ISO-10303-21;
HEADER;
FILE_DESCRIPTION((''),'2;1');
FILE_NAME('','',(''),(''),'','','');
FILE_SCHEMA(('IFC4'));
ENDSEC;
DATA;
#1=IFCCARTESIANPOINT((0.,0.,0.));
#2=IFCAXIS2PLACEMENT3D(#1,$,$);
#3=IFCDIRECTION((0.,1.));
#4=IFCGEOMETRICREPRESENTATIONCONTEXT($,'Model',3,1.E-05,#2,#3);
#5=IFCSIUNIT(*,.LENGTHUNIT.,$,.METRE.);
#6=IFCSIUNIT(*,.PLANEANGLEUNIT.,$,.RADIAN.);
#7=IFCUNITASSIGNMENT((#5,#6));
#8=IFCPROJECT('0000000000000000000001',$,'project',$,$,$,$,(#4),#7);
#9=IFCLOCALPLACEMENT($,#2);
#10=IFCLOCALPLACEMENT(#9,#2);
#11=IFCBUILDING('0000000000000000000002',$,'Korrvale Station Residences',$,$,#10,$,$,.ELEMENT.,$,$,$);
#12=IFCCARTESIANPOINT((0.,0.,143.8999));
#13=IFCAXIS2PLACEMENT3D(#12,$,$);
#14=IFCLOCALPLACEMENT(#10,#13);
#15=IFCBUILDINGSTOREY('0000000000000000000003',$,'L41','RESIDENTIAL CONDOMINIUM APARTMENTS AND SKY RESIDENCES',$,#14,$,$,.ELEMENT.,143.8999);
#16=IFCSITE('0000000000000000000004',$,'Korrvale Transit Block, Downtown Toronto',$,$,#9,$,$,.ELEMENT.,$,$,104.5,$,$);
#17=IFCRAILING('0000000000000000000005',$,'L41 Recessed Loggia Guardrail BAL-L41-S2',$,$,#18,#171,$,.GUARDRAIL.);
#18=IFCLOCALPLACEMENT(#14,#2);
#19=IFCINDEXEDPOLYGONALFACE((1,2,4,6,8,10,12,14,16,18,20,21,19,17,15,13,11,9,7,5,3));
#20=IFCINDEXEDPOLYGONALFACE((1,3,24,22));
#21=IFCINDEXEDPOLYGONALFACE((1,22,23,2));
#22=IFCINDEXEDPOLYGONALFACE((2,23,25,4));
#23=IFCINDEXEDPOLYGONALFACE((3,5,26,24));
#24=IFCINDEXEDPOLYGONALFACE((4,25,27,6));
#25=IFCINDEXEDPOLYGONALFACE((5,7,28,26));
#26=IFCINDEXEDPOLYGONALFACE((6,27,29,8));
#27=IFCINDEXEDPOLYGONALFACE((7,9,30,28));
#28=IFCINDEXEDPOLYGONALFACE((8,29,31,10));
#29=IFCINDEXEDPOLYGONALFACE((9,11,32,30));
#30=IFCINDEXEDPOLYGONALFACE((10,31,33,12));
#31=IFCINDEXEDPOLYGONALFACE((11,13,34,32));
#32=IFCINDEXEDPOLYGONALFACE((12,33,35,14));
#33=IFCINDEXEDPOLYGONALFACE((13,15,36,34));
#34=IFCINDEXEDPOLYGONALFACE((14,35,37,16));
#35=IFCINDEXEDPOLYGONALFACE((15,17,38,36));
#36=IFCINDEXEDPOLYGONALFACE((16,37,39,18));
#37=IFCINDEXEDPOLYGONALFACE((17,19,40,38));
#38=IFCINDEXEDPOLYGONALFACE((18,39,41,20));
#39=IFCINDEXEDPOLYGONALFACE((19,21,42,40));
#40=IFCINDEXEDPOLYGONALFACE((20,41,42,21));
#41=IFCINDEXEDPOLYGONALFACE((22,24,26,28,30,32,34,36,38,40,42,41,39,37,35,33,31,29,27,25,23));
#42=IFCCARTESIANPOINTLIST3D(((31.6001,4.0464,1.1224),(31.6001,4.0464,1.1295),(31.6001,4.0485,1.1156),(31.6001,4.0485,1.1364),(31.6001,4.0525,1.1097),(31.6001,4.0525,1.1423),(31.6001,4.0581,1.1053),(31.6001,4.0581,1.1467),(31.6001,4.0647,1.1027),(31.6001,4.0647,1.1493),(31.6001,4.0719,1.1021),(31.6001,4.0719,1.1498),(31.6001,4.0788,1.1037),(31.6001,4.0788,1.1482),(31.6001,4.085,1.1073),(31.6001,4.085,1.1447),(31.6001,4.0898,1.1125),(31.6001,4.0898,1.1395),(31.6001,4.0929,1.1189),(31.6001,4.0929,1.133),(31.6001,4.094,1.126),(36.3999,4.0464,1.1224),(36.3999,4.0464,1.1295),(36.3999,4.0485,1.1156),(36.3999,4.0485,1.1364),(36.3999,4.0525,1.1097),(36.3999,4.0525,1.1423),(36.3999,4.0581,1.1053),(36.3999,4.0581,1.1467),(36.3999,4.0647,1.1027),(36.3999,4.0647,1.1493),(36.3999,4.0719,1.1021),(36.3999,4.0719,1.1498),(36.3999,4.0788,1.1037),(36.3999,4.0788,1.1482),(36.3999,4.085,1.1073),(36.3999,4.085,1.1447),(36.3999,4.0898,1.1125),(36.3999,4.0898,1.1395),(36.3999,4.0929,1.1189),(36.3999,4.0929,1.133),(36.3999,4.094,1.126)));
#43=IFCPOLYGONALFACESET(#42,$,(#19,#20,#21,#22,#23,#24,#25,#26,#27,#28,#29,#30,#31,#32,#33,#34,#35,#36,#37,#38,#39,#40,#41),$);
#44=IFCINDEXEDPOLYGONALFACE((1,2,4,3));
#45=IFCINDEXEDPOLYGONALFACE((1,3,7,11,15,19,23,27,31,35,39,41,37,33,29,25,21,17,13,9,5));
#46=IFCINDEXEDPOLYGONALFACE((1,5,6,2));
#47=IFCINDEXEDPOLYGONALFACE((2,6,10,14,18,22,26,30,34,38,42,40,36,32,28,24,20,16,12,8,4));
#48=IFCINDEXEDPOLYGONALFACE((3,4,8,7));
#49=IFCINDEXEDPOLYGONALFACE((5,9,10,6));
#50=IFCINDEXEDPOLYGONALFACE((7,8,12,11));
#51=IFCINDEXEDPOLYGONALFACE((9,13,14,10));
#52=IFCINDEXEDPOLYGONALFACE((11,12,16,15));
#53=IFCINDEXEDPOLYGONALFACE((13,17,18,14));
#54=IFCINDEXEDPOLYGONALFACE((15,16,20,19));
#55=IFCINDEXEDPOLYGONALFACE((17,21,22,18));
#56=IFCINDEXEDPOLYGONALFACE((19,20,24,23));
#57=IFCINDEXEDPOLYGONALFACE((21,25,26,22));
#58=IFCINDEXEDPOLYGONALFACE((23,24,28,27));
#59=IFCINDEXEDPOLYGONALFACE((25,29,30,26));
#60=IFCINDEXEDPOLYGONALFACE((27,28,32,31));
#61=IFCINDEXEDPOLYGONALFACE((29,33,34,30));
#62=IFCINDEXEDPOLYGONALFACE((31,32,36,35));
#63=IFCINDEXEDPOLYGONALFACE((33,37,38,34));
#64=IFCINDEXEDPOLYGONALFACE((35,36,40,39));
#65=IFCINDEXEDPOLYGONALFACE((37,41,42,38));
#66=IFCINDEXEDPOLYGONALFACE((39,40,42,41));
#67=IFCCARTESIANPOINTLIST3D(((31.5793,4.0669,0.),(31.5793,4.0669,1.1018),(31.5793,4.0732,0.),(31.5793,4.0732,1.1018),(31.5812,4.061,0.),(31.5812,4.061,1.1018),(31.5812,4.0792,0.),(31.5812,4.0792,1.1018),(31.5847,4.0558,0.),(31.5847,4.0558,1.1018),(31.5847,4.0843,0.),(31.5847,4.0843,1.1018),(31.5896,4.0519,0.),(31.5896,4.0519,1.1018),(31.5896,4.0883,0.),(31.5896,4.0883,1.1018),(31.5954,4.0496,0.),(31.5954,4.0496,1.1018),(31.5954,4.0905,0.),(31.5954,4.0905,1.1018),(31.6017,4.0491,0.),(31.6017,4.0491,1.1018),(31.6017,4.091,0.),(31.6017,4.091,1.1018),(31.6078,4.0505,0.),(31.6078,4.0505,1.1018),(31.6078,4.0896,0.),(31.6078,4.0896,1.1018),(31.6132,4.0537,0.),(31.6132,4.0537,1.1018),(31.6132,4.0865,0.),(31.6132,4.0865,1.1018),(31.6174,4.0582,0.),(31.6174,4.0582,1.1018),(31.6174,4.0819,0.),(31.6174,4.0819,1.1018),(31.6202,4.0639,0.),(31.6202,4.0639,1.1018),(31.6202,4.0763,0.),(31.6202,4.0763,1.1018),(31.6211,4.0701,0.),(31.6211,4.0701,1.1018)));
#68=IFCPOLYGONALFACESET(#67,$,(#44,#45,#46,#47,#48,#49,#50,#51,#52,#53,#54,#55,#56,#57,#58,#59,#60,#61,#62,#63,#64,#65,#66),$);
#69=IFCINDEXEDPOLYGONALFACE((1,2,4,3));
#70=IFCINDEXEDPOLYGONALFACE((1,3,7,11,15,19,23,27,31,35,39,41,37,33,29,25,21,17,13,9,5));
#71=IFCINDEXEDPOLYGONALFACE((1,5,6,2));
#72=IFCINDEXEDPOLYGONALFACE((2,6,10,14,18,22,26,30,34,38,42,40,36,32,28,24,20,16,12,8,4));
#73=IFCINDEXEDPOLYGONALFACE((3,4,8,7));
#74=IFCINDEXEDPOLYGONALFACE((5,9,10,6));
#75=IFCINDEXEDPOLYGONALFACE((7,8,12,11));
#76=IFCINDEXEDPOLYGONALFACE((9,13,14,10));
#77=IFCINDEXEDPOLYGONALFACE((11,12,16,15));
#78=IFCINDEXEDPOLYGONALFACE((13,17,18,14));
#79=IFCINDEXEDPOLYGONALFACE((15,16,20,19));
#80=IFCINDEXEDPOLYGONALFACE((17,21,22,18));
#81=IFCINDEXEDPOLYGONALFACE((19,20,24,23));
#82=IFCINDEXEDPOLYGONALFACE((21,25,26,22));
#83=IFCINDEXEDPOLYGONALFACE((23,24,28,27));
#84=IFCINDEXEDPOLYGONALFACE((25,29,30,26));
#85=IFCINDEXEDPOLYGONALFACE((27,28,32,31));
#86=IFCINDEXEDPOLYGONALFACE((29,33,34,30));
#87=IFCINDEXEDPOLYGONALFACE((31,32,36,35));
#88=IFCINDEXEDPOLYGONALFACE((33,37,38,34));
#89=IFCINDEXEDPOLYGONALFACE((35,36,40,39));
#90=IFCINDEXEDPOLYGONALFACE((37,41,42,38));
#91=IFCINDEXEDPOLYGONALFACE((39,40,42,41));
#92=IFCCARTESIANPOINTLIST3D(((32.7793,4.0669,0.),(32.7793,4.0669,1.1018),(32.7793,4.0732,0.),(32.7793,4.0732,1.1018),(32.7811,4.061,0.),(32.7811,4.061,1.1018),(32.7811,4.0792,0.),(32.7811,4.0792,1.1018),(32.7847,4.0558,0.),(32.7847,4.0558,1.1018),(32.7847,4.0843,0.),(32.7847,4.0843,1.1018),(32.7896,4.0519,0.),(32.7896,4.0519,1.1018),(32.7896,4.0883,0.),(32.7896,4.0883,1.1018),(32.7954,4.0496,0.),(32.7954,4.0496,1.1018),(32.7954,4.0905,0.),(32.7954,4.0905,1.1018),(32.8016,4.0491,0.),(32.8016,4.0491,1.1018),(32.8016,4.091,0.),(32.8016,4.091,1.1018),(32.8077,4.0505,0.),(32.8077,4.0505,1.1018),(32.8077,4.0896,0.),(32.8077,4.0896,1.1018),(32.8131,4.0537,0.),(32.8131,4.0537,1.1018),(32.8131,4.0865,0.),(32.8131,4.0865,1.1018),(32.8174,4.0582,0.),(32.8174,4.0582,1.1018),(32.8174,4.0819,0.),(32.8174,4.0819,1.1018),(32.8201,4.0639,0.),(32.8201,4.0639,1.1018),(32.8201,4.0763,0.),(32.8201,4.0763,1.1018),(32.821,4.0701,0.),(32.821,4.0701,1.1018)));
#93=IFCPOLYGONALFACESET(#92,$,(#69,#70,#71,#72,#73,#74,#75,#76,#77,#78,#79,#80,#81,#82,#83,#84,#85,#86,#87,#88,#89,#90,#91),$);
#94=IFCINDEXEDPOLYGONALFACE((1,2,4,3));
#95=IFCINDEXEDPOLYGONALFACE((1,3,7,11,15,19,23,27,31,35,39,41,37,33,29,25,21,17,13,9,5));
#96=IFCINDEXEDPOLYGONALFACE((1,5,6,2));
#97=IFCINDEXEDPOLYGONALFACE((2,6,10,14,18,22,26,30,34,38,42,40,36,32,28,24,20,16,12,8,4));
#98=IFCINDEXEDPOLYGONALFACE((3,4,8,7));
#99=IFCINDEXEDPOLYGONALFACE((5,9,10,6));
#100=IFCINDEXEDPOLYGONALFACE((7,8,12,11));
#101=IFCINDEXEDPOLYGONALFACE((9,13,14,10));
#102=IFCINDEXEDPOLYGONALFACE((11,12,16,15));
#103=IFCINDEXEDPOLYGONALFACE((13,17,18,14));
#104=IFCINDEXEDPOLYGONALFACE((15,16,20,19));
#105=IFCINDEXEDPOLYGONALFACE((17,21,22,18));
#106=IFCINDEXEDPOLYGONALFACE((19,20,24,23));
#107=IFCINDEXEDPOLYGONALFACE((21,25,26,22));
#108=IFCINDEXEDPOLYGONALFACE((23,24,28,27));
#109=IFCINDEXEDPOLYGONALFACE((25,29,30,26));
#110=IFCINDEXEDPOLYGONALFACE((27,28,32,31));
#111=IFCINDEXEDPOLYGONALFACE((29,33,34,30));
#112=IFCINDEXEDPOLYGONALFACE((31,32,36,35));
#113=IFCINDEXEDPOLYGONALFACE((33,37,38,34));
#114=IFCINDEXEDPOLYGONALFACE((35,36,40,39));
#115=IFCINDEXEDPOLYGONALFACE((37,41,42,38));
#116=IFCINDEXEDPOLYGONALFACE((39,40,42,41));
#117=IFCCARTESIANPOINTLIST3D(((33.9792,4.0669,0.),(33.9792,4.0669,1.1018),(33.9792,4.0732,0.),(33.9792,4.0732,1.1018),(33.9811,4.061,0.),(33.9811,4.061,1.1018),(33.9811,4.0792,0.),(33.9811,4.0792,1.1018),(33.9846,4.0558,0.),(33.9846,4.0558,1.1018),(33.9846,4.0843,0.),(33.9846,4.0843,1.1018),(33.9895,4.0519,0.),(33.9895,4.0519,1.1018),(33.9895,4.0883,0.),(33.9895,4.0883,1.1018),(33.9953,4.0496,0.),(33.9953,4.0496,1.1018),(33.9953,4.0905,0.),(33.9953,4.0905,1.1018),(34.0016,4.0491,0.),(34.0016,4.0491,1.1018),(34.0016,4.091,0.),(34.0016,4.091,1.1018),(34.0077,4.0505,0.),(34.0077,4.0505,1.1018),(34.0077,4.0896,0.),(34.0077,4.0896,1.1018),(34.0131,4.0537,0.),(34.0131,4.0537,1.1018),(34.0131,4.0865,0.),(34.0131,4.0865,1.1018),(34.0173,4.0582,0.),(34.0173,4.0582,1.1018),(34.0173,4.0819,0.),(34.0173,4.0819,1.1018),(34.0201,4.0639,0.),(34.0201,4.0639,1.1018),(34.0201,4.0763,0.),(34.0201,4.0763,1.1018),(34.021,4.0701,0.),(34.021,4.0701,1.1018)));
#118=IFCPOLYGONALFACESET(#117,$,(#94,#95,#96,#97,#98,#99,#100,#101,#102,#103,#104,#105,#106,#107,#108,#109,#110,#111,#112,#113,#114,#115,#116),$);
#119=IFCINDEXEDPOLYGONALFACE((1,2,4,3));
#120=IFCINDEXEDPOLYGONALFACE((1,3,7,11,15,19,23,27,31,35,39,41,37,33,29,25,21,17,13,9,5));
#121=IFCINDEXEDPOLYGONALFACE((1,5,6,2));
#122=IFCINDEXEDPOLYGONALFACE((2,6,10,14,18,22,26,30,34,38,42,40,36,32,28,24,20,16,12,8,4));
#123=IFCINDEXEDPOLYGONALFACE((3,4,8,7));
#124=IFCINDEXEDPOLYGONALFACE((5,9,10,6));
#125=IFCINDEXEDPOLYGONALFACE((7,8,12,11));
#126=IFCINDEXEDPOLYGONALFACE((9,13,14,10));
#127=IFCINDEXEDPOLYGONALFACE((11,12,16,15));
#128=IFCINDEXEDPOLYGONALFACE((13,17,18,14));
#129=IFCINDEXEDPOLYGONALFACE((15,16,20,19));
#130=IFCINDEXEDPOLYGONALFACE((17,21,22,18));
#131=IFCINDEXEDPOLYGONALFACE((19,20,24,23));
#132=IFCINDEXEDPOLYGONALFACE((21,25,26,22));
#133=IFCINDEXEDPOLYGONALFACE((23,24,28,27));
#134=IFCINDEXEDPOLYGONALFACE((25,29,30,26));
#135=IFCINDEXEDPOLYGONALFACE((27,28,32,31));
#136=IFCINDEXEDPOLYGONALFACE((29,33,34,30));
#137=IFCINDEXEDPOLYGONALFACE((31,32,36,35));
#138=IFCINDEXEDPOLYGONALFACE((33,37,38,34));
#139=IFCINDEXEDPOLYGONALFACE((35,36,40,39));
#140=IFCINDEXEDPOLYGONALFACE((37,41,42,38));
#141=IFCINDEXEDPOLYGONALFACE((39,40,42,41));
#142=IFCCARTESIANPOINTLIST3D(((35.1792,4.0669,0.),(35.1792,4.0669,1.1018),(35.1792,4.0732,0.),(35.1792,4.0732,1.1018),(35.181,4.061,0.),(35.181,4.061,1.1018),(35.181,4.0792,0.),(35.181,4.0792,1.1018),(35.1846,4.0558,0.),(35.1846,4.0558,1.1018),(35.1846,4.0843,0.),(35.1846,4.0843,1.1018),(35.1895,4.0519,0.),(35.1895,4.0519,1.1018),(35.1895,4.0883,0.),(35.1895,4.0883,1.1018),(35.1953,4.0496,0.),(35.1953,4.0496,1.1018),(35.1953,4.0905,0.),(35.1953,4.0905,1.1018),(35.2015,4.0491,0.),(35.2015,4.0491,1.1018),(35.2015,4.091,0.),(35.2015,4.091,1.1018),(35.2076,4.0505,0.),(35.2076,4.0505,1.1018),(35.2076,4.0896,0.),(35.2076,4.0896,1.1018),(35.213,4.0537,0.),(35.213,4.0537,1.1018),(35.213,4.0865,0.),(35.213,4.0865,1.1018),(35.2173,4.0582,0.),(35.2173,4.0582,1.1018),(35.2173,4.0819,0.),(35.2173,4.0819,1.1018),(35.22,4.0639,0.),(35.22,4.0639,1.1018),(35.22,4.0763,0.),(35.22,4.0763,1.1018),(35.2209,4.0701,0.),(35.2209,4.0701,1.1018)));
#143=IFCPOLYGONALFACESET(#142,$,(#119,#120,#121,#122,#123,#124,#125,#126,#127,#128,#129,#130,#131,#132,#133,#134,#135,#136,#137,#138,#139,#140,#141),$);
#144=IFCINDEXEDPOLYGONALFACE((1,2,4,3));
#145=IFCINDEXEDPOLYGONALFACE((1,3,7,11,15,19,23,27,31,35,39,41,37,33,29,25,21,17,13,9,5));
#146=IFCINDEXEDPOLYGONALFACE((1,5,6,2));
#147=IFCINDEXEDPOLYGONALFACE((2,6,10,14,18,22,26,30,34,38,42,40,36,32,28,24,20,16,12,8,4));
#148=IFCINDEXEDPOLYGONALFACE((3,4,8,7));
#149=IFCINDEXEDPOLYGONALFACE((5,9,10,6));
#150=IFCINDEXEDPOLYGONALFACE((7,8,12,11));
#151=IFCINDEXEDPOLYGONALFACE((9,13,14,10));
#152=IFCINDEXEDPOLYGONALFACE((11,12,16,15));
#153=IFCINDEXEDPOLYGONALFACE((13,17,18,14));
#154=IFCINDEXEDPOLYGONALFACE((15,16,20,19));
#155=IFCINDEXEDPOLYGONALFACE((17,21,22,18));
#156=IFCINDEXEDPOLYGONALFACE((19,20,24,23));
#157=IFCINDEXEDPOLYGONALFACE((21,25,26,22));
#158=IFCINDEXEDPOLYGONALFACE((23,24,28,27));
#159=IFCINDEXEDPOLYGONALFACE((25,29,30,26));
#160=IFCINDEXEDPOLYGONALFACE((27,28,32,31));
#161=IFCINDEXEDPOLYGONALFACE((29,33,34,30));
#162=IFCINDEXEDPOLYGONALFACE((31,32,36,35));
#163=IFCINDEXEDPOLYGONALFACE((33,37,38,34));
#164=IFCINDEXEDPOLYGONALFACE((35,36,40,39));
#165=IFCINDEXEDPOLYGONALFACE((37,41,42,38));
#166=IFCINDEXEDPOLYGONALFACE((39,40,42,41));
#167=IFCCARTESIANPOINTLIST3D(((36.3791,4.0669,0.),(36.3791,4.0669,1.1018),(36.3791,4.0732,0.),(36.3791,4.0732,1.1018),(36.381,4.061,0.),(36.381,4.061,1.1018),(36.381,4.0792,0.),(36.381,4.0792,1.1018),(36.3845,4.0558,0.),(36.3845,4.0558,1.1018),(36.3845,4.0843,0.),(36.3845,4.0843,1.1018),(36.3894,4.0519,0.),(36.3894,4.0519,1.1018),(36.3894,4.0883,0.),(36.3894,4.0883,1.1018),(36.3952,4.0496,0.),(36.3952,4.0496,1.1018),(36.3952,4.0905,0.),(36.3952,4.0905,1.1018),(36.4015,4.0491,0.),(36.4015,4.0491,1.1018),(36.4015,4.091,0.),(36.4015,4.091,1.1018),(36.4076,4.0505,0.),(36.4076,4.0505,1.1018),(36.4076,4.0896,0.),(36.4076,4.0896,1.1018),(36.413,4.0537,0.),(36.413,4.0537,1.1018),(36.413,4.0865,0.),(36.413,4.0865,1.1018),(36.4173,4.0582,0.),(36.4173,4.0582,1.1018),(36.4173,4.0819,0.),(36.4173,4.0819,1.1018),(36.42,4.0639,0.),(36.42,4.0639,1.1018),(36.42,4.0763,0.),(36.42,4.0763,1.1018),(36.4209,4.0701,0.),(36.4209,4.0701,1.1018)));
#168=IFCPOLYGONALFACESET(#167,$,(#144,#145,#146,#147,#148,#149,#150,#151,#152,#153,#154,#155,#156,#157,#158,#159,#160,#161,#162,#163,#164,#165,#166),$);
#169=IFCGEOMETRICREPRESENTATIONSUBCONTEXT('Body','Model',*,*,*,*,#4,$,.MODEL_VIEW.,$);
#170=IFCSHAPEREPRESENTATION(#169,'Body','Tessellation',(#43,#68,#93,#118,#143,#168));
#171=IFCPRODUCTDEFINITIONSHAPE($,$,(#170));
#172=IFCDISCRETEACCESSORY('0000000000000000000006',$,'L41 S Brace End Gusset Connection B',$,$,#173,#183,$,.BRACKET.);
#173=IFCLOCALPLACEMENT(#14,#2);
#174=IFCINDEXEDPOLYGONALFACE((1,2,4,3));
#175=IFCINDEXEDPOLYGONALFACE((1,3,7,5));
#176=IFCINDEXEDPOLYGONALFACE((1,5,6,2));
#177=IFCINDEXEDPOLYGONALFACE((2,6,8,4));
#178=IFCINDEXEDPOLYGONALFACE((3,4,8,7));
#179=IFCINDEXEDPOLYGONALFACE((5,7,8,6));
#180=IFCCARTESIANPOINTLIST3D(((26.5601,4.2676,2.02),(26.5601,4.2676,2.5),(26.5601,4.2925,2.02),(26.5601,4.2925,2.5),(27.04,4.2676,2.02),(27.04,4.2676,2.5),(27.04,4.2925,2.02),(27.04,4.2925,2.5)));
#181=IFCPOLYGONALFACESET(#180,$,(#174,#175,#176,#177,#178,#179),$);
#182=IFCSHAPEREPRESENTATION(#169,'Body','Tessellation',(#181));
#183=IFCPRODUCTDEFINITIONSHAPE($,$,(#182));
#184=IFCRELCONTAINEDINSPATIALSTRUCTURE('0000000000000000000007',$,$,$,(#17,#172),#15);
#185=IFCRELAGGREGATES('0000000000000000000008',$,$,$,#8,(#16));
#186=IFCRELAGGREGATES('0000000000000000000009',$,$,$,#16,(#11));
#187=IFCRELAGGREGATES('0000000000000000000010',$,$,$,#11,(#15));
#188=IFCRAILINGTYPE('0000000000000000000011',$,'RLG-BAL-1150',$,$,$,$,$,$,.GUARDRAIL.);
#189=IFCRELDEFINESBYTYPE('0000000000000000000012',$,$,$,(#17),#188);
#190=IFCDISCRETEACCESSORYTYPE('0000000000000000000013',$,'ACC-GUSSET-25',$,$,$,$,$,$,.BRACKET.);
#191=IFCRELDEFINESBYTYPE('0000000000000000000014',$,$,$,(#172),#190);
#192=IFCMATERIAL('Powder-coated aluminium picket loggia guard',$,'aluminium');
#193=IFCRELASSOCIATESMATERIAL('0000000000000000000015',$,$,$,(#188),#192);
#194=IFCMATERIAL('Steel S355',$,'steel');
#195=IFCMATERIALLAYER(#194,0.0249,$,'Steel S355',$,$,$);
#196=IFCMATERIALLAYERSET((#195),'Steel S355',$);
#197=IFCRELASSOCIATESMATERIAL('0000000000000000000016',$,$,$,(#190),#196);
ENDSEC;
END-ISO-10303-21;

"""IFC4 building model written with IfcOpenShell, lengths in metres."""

from ifc_helpers import new_model, si_unit, direction, frame, origin, origin_2d, place, context, subcontext, project, spatial, rectangle, circle, extrude, material, layer, layer_set, type_object, element, save


model = new_model("IFC4")

# Units and contexts
model_context = context("Model", 3, precision=1e-05, world=origin(), true_north=direction((0.0, 1.0)))
body_context = subcontext(model_context, "Body", "Model", "MODEL_VIEW")
ifc_project = project(units=[si_unit("LENGTHUNIT", "METRE"), si_unit("PLANEANGLEUNIT", "RADIAN")], contexts=[model_context])

# Site, building, storey
site_placement = place(None, origin())
site = spatial("IfcSite", under=ifc_project, at=site_placement, Name="Korrvale Transit Block, Downtown Toronto", CompositionType="ELEMENT", RefElevation=104.5)
building_placement = place(site_placement, origin())
building = spatial("IfcBuilding", under=site, at=building_placement, Name="Korrvale Station Residences", CompositionType="ELEMENT")
storey_placement = place(building_placement, frame((0.0, 0.0, 143.8999)))
storey = spatial("IfcBuildingStorey", under=building, at=storey_placement, Name="L41", Description="RESIDENTIAL CONDOMINIUM APARTMENTS AND SKY RESIDENCES", CompositionType="ELEMENT", Elevation=143.8999)

# Railing
ifc_material_1 = material(Name="Powder-coated aluminium picket loggia guard", Category="aluminium")
railing_type = type_object("IfcRailingType", Name="RLG-BAL-1150", PredefinedType="GUARDRAIL", material=ifc_material_1)
railing_placement = place(storey_placement, frame((31.6001, 4.0701, 0.0)))
element("IfcRailing", 1, at=railing_placement, inside=storey, type_object=railing_type, Name="L41 Recessed Loggia Guardrail BAL-L41-S2", PredefinedType="GUARDRAIL", context=body_context, shape_type="SweptSolid", body=[
    extrude(circle(Radius=0.0239, at=origin_2d()), frame((0.0, 0.0, 1.126), z_axis=(1.0, 0.0, 0.0), x_axis=(0.0, 1.0, 0.0)), (0.0, 0.0, 1.0), 4.7998),
    extrude(circle(Radius=0.021, at=origin_2d()), origin(), (0.0, 0.0, 1.0), 1.1018),
    extrude(circle(Radius=0.021, at=origin_2d()), frame((1.2, 0.0, 0.0)), (0.0, 0.0, 1.0), 1.1018),
    extrude(circle(Radius=0.021, at=origin_2d()), frame((2.3999, 0.0, 0.0)), (0.0, 0.0, 1.0), 1.1018),
    extrude(circle(Radius=0.021, at=origin_2d()), frame((3.5999, 0.0, 0.0)), (0.0, 0.0, 1.0), 1.1018),
    extrude(circle(Radius=0.021, at=origin_2d()), frame((4.7998, 0.0, 0.0)), (0.0, 0.0, 1.0), 1.1018),
])

# Discrete accessory
ifc_material_2 = material(Name="Steel S355", Category="steel")
ifc_layer_1 = layer(ifc_material_2, 0.0249, Name="Steel S355")
ifc_layer_set_1 = layer_set([ifc_layer_1], Name="Steel S355")
discrete_accessory_type = type_object("IfcDiscreteAccessoryType", Name="ACC-GUSSET-25", PredefinedType="BRACKET", material=ifc_layer_set_1)
discrete_accessory_placement = place(storey_placement, frame((26.8, 4.28, 2.02), z_axis=(0.0, 0.0, 1.0), x_axis=(1.0, 0.0, 0.0)))
element("IfcDiscreteAccessory", 2, at=discrete_accessory_placement, inside=storey, type_object=discrete_accessory_type, Name="L41 S Brace End Gusset Connection B", PredefinedType="BRACKET", context=body_context, shape_type="SweptSolid", body=[
    extrude(rectangle(XDim=0.48, YDim=0.0249, at=origin_2d()), origin(), (0.0, 0.0, 1.0), 0.48),
])

save(model, "model.ifc")
